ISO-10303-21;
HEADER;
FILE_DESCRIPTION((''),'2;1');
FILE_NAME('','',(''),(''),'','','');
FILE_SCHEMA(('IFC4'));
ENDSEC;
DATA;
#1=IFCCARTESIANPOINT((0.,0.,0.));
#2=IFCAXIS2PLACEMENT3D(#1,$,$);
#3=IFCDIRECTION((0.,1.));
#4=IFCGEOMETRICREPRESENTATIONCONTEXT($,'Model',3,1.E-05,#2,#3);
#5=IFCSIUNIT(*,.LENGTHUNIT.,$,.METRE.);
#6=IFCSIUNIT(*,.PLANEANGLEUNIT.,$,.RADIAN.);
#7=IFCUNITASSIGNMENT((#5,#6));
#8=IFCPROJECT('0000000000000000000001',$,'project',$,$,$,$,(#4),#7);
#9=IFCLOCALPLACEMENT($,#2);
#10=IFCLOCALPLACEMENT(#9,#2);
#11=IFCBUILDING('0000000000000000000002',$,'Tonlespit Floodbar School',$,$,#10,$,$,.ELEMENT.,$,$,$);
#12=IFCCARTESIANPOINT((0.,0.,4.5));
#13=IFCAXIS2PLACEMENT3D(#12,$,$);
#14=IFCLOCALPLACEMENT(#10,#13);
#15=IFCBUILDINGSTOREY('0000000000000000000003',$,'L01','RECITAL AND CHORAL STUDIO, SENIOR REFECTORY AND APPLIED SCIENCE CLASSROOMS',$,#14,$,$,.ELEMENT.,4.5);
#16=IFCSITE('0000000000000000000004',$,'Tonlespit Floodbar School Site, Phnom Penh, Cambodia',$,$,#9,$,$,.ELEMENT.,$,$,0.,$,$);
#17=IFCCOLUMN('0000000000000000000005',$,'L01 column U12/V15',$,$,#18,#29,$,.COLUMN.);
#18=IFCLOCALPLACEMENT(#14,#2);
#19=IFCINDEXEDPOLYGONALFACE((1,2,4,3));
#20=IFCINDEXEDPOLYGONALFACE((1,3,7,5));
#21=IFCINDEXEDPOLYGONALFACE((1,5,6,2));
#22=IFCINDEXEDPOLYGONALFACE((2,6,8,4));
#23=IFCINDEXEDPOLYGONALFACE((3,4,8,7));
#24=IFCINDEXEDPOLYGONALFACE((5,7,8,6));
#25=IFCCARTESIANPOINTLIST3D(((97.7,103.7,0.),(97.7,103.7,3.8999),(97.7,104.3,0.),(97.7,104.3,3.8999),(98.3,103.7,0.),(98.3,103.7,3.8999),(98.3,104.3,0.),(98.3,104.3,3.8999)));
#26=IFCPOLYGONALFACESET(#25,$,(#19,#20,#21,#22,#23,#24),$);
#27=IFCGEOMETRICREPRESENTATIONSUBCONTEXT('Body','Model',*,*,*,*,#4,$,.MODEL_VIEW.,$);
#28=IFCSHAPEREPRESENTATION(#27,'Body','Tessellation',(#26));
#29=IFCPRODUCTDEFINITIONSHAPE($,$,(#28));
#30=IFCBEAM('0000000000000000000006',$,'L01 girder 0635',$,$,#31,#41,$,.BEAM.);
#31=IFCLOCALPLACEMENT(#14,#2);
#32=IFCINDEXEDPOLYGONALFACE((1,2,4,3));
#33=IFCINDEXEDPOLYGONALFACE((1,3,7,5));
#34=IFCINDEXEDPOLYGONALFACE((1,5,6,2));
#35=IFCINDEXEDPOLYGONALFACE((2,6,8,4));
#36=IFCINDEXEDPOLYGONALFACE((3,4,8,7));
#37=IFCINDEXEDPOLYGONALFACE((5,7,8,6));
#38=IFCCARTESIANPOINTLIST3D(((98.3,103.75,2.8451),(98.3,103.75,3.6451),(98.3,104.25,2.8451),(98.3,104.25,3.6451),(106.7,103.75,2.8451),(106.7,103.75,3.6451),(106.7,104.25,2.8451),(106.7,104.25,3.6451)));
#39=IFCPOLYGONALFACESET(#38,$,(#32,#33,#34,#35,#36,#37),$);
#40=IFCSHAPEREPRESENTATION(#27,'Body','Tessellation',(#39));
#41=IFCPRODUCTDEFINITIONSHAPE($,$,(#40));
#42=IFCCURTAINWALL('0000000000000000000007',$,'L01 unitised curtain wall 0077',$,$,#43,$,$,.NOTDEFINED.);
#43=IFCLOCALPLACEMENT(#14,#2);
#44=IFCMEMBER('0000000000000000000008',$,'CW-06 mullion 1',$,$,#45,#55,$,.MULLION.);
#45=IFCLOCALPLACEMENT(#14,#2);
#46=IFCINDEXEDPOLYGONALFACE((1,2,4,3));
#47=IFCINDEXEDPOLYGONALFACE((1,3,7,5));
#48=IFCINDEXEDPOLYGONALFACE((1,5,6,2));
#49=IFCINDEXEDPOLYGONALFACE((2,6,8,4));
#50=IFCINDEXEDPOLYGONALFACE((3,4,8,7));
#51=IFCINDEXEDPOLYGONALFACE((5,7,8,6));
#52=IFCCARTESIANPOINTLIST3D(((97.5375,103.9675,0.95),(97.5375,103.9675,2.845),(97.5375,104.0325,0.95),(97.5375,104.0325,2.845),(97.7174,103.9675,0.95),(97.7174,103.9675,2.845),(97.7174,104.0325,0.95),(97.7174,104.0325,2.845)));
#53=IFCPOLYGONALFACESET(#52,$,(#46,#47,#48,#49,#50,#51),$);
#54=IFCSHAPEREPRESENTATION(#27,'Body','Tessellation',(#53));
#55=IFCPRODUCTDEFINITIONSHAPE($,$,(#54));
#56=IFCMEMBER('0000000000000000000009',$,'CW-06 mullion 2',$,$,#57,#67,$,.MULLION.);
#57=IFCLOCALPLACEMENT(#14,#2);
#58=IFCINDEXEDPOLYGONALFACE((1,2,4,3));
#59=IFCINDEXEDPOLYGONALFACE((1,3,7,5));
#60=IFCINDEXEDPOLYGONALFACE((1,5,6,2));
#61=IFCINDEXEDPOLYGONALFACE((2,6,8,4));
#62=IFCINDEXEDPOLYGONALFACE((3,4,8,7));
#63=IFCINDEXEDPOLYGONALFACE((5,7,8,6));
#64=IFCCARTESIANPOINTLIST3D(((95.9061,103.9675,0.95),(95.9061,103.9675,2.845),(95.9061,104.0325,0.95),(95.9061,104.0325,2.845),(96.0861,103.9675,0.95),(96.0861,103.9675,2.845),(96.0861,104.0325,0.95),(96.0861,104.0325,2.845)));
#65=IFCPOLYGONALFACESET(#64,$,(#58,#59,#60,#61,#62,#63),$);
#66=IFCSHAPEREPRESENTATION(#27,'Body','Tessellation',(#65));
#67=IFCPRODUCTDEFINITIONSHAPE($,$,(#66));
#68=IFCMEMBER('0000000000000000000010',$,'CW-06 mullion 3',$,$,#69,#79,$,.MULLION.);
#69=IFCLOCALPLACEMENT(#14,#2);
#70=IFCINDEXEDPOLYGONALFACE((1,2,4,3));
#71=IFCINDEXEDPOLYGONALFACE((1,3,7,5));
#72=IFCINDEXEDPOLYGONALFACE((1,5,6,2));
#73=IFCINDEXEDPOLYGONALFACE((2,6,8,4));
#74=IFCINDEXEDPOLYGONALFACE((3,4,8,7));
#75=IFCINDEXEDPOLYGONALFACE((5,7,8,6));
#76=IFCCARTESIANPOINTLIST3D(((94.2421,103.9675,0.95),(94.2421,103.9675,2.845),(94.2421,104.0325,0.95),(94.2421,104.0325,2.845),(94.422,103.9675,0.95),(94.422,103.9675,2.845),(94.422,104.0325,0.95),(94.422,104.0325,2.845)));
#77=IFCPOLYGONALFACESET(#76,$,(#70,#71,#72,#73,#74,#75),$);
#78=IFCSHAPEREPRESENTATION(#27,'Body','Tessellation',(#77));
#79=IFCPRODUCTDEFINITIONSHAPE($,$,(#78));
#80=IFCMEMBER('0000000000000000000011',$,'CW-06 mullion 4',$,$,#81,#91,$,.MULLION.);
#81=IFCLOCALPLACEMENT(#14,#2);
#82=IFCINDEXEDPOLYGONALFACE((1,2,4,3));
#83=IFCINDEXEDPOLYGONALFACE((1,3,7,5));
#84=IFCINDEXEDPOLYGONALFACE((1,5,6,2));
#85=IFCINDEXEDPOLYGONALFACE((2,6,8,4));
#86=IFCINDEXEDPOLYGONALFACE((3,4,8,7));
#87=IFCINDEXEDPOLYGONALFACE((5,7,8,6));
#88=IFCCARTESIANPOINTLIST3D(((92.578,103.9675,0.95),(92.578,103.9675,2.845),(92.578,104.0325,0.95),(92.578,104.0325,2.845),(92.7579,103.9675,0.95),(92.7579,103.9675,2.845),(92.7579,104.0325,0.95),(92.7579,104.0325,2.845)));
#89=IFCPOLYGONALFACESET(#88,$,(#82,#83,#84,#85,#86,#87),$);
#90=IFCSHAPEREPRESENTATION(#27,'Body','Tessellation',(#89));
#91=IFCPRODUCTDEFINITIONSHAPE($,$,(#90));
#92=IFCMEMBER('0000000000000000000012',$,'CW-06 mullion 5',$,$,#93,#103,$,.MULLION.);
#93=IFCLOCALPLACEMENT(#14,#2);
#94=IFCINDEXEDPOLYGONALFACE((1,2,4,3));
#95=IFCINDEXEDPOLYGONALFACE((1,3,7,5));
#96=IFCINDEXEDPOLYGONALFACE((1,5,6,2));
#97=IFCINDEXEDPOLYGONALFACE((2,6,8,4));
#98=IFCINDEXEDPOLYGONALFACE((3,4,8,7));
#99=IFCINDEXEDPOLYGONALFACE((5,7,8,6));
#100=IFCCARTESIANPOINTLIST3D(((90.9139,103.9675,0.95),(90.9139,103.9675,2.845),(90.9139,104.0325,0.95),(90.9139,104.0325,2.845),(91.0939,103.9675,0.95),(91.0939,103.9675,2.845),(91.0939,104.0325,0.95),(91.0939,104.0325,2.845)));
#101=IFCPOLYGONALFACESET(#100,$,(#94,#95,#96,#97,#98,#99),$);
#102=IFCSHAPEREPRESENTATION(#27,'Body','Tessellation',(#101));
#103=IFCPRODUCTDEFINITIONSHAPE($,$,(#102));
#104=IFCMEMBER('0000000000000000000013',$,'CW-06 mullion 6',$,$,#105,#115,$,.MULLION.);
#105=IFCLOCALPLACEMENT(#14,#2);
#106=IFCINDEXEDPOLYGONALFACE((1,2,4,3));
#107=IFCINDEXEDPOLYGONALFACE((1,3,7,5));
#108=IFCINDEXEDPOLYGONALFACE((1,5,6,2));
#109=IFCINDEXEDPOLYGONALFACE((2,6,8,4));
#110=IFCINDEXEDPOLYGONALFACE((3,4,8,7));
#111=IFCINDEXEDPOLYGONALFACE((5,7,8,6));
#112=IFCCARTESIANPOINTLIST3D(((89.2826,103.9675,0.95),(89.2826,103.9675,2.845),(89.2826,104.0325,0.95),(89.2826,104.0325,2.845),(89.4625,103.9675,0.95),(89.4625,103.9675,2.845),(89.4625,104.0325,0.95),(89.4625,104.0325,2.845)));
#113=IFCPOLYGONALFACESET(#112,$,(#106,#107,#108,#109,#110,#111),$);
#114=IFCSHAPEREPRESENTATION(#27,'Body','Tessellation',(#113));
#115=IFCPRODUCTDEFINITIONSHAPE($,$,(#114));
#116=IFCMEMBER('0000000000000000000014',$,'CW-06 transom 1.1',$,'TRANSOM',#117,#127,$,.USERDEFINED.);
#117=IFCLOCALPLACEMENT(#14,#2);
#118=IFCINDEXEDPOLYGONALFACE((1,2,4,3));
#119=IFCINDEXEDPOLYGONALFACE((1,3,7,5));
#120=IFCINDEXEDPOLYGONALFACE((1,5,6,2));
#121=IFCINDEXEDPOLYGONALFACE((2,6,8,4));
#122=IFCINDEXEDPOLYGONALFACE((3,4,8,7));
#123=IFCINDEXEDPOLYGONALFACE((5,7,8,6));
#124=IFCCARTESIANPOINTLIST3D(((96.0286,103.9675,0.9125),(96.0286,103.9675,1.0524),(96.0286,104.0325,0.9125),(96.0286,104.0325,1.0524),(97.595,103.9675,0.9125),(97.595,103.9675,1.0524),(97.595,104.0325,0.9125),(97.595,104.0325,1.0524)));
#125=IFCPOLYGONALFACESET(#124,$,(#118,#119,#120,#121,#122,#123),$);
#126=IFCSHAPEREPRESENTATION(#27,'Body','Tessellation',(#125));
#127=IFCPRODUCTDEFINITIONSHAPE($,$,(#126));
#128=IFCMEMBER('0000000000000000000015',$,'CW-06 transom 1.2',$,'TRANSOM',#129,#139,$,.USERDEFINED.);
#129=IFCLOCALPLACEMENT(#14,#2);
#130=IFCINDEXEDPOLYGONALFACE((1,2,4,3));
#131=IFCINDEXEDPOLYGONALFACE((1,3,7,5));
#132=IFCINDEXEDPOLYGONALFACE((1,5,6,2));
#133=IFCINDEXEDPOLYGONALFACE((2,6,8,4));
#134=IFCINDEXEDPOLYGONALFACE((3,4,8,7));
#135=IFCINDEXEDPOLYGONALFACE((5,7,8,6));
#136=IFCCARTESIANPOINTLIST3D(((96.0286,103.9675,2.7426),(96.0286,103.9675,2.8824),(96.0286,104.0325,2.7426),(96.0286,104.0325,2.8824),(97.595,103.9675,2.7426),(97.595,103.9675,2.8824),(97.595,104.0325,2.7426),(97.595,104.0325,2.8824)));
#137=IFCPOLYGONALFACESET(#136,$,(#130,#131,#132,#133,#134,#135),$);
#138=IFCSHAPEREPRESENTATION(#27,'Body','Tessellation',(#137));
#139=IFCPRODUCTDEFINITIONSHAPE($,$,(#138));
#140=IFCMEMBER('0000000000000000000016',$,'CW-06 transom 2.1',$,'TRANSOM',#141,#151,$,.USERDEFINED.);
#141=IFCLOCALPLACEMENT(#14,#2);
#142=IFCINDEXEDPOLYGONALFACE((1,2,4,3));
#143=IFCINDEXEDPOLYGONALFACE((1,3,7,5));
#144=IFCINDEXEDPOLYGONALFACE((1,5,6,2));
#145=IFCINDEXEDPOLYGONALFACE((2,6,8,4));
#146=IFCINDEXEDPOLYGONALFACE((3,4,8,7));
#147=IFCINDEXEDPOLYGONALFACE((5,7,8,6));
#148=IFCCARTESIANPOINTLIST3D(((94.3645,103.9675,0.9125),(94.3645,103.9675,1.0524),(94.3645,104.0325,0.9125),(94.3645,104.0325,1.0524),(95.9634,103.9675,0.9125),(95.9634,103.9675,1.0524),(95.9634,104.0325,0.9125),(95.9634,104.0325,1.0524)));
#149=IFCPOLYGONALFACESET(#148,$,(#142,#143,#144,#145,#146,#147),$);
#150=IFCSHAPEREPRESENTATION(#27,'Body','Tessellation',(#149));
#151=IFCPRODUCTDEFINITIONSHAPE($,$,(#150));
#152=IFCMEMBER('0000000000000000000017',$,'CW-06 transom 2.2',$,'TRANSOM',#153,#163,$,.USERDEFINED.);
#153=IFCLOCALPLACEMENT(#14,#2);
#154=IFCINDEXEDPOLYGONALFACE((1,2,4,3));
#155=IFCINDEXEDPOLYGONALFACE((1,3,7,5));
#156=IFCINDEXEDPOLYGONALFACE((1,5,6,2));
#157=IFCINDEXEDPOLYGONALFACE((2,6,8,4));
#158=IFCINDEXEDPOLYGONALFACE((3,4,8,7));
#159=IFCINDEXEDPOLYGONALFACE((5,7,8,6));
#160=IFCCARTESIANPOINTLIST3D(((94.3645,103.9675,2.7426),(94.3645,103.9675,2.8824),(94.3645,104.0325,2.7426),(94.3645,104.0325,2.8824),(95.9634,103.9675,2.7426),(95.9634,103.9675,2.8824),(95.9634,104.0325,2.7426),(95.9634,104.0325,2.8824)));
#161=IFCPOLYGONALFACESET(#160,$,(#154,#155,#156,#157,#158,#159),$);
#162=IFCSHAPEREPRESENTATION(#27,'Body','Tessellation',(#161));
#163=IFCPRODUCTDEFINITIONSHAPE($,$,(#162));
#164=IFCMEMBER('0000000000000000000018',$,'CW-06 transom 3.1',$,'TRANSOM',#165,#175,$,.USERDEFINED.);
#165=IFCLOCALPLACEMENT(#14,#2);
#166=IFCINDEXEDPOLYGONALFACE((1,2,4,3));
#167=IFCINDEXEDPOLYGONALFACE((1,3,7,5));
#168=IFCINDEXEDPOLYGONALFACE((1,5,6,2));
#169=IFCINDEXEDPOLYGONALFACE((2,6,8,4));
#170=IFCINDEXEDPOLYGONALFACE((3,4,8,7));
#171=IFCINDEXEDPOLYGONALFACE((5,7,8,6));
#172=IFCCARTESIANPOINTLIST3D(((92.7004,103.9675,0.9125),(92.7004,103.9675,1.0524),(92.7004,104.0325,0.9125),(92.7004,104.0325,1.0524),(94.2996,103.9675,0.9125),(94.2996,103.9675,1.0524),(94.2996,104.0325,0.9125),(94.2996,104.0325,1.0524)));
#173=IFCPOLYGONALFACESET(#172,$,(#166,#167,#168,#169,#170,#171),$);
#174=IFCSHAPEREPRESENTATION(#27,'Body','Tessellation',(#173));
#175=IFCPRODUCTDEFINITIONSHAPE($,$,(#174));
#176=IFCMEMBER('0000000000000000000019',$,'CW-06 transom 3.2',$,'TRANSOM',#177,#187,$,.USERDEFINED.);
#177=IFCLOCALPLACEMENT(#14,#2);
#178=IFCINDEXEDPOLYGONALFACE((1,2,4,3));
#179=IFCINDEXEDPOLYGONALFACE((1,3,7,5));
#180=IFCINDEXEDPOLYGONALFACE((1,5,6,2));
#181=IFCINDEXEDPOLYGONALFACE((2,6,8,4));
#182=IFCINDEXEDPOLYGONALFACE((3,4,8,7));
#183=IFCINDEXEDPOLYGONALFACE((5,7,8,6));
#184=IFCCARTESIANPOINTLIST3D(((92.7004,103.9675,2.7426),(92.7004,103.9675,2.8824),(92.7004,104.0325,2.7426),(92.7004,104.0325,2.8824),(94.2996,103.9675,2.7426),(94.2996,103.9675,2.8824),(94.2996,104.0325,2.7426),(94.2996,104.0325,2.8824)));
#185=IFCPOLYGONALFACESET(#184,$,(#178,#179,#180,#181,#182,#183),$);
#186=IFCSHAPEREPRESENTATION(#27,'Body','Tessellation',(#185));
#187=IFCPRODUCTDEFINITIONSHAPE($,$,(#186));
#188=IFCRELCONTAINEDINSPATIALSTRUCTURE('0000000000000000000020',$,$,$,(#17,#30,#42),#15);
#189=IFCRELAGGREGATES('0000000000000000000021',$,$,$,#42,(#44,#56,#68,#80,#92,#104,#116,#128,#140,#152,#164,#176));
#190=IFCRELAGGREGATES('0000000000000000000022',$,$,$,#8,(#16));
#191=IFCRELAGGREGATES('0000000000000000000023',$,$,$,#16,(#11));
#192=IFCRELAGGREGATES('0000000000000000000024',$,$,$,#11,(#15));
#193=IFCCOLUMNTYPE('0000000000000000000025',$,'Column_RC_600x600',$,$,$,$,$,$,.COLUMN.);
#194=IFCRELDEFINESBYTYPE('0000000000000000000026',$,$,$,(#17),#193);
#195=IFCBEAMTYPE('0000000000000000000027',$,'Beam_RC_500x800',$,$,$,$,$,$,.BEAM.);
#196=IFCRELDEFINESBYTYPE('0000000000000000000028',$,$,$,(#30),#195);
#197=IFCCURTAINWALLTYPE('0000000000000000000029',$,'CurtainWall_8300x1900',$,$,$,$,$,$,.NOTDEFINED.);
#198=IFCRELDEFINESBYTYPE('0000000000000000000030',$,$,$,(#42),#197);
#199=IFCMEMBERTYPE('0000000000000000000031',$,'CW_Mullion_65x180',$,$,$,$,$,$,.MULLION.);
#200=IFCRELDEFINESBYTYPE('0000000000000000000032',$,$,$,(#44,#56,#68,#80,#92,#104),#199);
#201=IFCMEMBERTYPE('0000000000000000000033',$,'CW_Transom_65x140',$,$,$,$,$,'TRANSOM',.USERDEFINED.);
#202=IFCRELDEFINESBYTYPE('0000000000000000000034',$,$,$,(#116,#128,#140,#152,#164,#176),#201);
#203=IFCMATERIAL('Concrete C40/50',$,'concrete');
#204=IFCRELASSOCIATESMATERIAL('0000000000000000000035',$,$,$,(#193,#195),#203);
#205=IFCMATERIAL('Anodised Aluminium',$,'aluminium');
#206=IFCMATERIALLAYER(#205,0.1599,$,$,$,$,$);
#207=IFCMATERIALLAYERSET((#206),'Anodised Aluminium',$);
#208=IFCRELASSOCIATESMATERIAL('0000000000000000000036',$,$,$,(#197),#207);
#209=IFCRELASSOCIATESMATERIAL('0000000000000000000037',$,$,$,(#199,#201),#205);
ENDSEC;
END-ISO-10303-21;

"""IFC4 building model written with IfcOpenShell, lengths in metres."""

from ifc_helpers import new_model, si_unit, direction, frame, origin, origin_2d, place, context, subcontext, project, spatial, rectangle, extrude, material, layer, layer_set, material_profile, profile_set, type_object, element, aggregate, save


model = new_model("IFC4")

# Units and contexts
model_context = context("Model", 3, precision=1e-05, world=origin(), true_north=direction((0.0, 1.0)))
body_context = subcontext(model_context, "Body", "Model", "MODEL_VIEW")
ifc_project = project(units=[si_unit("LENGTHUNIT", "METRE"), si_unit("PLANEANGLEUNIT", "RADIAN")], contexts=[model_context])

# Site, building, storey
site_placement = place(None, origin())
site = spatial("IfcSite", under=ifc_project, at=site_placement, Name="Tonlespit Floodbar School Site, Phnom Penh, Cambodia", CompositionType="ELEMENT", RefElevation=0.0)
building_placement = place(site_placement, origin())
building = spatial("IfcBuilding", under=site, at=building_placement, Name="Tonlespit Floodbar School", CompositionType="ELEMENT")
storey_placement = place(building_placement, frame((0.0, 0.0, 4.5)))
storey = spatial("IfcBuildingStorey", under=building, at=storey_placement, Name="L01", Description="RECITAL AND CHORAL STUDIO, SENIOR REFECTORY AND APPLIED SCIENCE CLASSROOMS", CompositionType="ELEMENT", Elevation=4.5)

# Column
ifc_material_1 = material(Name="Concrete C40/50", Category="concrete")
ifc_material_profile_1 = material_profile(ifc_material_1, rectangle(XDim=0.6001, YDim=0.6001, at=origin_2d()), Name="RC 600x600")
ifc_profile_set_1 = profile_set([ifc_material_profile_1], Name="Concrete C40/50")
column_type = type_object("IfcColumnType", Name="Column_RC_600x600", PredefinedType="COLUMN", material=ifc_profile_set_1)
column_placement = place(storey_placement, frame((98.0, 104.0, 0.0), z_axis=(0.0, 0.0, 1.0), x_axis=(1.0, 0.0, 0.0)))
element("IfcColumn", 1, at=column_placement, inside=storey, type_object=column_type, Name="L01 column U12/V15", PredefinedType="COLUMN", context=body_context, shape_type="SweptSolid", body=[
    extrude(rectangle(XDim=0.6001, YDim=0.6001, at=origin_2d()), origin(), (0.0, 0.0, 1.0), 3.8999),
])

# Beam
ifc_material_profile_2 = material_profile(ifc_material_1, rectangle(XDim=0.5, YDim=0.8, at=origin_2d()), Name="RC 500x800")
ifc_profile_set_2 = profile_set([ifc_material_profile_2], Name="Concrete C40/50")
beam_type_1 = type_object("IfcBeamType", Name="Beam_RC_500x800", PredefinedType="BEAM", material=ifc_profile_set_2)
beam_placement = place(storey_placement, frame((98.3, 104.0, 3.2451), z_axis=(1.0, 0.0, 0.0), x_axis=(0.0, 1.0, 0.0)))
element("IfcBeam", 2, at=beam_placement, inside=storey, type_object=beam_type_1, Name="L01 girder 0635", PredefinedType="BEAM", context=body_context, shape_type="SweptSolid", body=[
    extrude(rectangle(XDim=0.5, YDim=0.8, at=origin_2d()), origin(), (0.0, 0.0, 1.0), 8.3999),
])

# Curtain wall, members
ifc_material_2 = material(Name="Anodised Aluminium", Category="aluminium")
ifc_layer_1 = layer(ifc_material_2, 0.1599)
ifc_layer_set_1 = layer_set([ifc_layer_1], Name="Anodised Aluminium")
curtain_wall_type = type_object("IfcCurtainWallType", Name="CurtainWall_8300x1900", PredefinedType="NOTDEFINED", material=ifc_layer_set_1)
curtain_wall_placement = place(storey_placement, origin())
curtain_wall = element("IfcCurtainWall", 3, at=curtain_wall_placement, inside=storey, type_object=curtain_wall_type, Name="L01 unitised curtain wall 0077", PredefinedType="NOTDEFINED")
ifc_material_profile_3 = material_profile(ifc_material_2, rectangle(XDim=0.0649, YDim=0.1799, at=origin_2d()), Name="ALU M65x180")
ifc_profile_set_3 = profile_set([ifc_material_profile_3], Name="Anodised Aluminium")
member_type_1 = type_object("IfcMemberType", Name="CW_Mullion_65x180", PredefinedType="MULLION", material=ifc_profile_set_3)
member_1_placement = place(storey_placement, frame((97.6274, 104.0, 0.95), z_axis=(0.0, 0.0, 1.0), x_axis=(0.0, -1.0, 0.0)))
member_1 = element("IfcMember", 4, at=member_1_placement, type_object=member_type_1, Name="CW-06 mullion 1", PredefinedType="MULLION", context=body_context, shape_type="SweptSolid", body=[
    extrude(rectangle(XDim=0.0649, YDim=0.1799, at=origin_2d()), origin(), (0.0, 0.0, 1.0), 1.895),
])
member_2_placement = place(storey_placement, frame((95.9961, 104.0, 0.95), z_axis=(0.0, 0.0, 1.0), x_axis=(0.0, -1.0, 0.0)))
member_2 = element("IfcMember", 5, at=member_2_placement, type_object=member_type_1, Name="CW-06 mullion 2", PredefinedType="MULLION", context=body_context, shape_type="SweptSolid", body=[
    extrude(rectangle(XDim=0.0649, YDim=0.1799, at=origin_2d()), origin(), (0.0, 0.0, 1.0), 1.895),
])
member_3_placement = place(storey_placement, frame((94.332, 104.0, 0.95), z_axis=(0.0, 0.0, 1.0), x_axis=(0.0, -1.0, 0.0)))
member_3 = element("IfcMember", 6, at=member_3_placement, type_object=member_type_1, Name="CW-06 mullion 3", PredefinedType="MULLION", context=body_context, shape_type="SweptSolid", body=[
    extrude(rectangle(XDim=0.0649, YDim=0.1799, at=origin_2d()), origin(), (0.0, 0.0, 1.0), 1.895),
])
member_4_placement = place(storey_placement, frame((92.668, 104.0, 0.95), z_axis=(0.0, 0.0, 1.0), x_axis=(0.0, -1.0, 0.0)))
member_4 = element("IfcMember", 7, at=member_4_placement, type_object=member_type_1, Name="CW-06 mullion 4", PredefinedType="MULLION", context=body_context, shape_type="SweptSolid", body=[
    extrude(rectangle(XDim=0.0649, YDim=0.1799, at=origin_2d()), origin(), (0.0, 0.0, 1.0), 1.895),
])
member_5_placement = place(storey_placement, frame((91.0039, 104.0, 0.95), z_axis=(0.0, 0.0, 1.0), x_axis=(0.0, -1.0, 0.0)))
member_5 = element("IfcMember", 8, at=member_5_placement, type_object=member_type_1, Name="CW-06 mullion 5", PredefinedType="MULLION", context=body_context, shape_type="SweptSolid", body=[
    extrude(rectangle(XDim=0.0649, YDim=0.1799, at=origin_2d()), origin(), (0.0, 0.0, 1.0), 1.895),
])
member_6_placement = place(storey_placement, frame((89.3726, 104.0, 0.95), z_axis=(0.0, 0.0, 1.0), x_axis=(0.0, -1.0, 0.0)))
member_6 = element("IfcMember", 9, at=member_6_placement, type_object=member_type_1, Name="CW-06 mullion 6", PredefinedType="MULLION", context=body_context, shape_type="SweptSolid", body=[
    extrude(rectangle(XDim=0.0649, YDim=0.1799, at=origin_2d()), origin(), (0.0, 0.0, 1.0), 1.895),
])
ifc_material_profile_4 = material_profile(ifc_material_2, rectangle(XDim=0.0649, YDim=0.1399, at=origin_2d()), Name="ALU T65x140")
ifc_profile_set_4 = profile_set([ifc_material_profile_4], Name="Anodised Aluminium")
member_type_2 = type_object("IfcMemberType", Name="CW_Transom_65x140", ElementType="TRANSOM", PredefinedType="USERDEFINED", material=ifc_profile_set_4)
member_7_placement = place(storey_placement, frame((97.595, 104.0, 0.9824), z_axis=(-1.0, 0.0, 0.0), x_axis=(0.0, -1.0, 0.0)))
member_7 = element("IfcMember", 10, at=member_7_placement, type_object=member_type_2, Name="CW-06 transom 1.1", ObjectType="TRANSOM", PredefinedType="USERDEFINED", context=body_context, shape_type="SweptSolid", body=[
    extrude(rectangle(XDim=0.0649, YDim=0.1399, at=origin_2d()), origin(), (0.0, 0.0, 1.0), 1.5664),
])
member_8_placement = place(storey_placement, frame((97.595, 104.0, 2.8125), z_axis=(-1.0, 0.0, 0.0), x_axis=(0.0, -1.0, 0.0)))
member_8 = element("IfcMember", 11, at=member_8_placement, type_object=member_type_2, Name="CW-06 transom 1.2", ObjectType="TRANSOM", PredefinedType="USERDEFINED", context=body_context, shape_type="SweptSolid", body=[
    extrude(rectangle(XDim=0.0649, YDim=0.1399, at=origin_2d()), origin(), (0.0, 0.0, 1.0), 1.5664),
])
member_9_placement = place(storey_placement, frame((95.9634, 104.0, 0.9824), z_axis=(-1.0, 0.0, 0.0), x_axis=(0.0, -1.0, 0.0)))
member_9 = element("IfcMember", 12, at=member_9_placement, type_object=member_type_2, Name="CW-06 transom 2.1", ObjectType="TRANSOM", PredefinedType="USERDEFINED", context=body_context, shape_type="SweptSolid", body=[
    extrude(rectangle(XDim=0.0649, YDim=0.1399, at=origin_2d()), origin(), (0.0, 0.0, 1.0), 1.5989),
])
member_10_placement = place(storey_placement, frame((95.9634, 104.0, 2.8125), z_axis=(-1.0, 0.0, 0.0), x_axis=(0.0, -1.0, 0.0)))
member_10 = element("IfcMember", 13, at=member_10_placement, type_object=member_type_2, Name="CW-06 transom 2.2", ObjectType="TRANSOM", PredefinedType="USERDEFINED", context=body_context, shape_type="SweptSolid", body=[
    extrude(rectangle(XDim=0.0649, YDim=0.1399, at=origin_2d()), origin(), (0.0, 0.0, 1.0), 1.5989),
])
member_11_placement = place(storey_placement, frame((94.2996, 104.0, 0.9824), z_axis=(-1.0, 0.0, 0.0), x_axis=(0.0, -1.0, 0.0)))
member_11 = element("IfcMember", 14, at=member_11_placement, type_object=member_type_2, Name="CW-06 transom 3.1", ObjectType="TRANSOM", PredefinedType="USERDEFINED", context=body_context, shape_type="SweptSolid", body=[
    extrude(rectangle(XDim=0.0649, YDim=0.1399, at=origin_2d()), origin(), (0.0, 0.0, 1.0), 1.5991),
])
member_12_placement = place(storey_placement, frame((94.2996, 104.0, 2.8125), z_axis=(-1.0, 0.0, 0.0), x_axis=(0.0, -1.0, 0.0)))
member_12 = element("IfcMember", 15, at=member_12_placement, type_object=member_type_2, Name="CW-06 transom 3.2", ObjectType="TRANSOM", PredefinedType="USERDEFINED", context=body_context, shape_type="SweptSolid", body=[
    extrude(rectangle(XDim=0.0649, YDim=0.1399, at=origin_2d()), origin(), (0.0, 0.0, 1.0), 1.5991),
])

aggregate(curtain_wall, [member_1, member_2, member_3, member_4, member_5, member_6, member_7, member_8, member_9, member_10, member_11, member_12])

save(model, "model.ifc")
